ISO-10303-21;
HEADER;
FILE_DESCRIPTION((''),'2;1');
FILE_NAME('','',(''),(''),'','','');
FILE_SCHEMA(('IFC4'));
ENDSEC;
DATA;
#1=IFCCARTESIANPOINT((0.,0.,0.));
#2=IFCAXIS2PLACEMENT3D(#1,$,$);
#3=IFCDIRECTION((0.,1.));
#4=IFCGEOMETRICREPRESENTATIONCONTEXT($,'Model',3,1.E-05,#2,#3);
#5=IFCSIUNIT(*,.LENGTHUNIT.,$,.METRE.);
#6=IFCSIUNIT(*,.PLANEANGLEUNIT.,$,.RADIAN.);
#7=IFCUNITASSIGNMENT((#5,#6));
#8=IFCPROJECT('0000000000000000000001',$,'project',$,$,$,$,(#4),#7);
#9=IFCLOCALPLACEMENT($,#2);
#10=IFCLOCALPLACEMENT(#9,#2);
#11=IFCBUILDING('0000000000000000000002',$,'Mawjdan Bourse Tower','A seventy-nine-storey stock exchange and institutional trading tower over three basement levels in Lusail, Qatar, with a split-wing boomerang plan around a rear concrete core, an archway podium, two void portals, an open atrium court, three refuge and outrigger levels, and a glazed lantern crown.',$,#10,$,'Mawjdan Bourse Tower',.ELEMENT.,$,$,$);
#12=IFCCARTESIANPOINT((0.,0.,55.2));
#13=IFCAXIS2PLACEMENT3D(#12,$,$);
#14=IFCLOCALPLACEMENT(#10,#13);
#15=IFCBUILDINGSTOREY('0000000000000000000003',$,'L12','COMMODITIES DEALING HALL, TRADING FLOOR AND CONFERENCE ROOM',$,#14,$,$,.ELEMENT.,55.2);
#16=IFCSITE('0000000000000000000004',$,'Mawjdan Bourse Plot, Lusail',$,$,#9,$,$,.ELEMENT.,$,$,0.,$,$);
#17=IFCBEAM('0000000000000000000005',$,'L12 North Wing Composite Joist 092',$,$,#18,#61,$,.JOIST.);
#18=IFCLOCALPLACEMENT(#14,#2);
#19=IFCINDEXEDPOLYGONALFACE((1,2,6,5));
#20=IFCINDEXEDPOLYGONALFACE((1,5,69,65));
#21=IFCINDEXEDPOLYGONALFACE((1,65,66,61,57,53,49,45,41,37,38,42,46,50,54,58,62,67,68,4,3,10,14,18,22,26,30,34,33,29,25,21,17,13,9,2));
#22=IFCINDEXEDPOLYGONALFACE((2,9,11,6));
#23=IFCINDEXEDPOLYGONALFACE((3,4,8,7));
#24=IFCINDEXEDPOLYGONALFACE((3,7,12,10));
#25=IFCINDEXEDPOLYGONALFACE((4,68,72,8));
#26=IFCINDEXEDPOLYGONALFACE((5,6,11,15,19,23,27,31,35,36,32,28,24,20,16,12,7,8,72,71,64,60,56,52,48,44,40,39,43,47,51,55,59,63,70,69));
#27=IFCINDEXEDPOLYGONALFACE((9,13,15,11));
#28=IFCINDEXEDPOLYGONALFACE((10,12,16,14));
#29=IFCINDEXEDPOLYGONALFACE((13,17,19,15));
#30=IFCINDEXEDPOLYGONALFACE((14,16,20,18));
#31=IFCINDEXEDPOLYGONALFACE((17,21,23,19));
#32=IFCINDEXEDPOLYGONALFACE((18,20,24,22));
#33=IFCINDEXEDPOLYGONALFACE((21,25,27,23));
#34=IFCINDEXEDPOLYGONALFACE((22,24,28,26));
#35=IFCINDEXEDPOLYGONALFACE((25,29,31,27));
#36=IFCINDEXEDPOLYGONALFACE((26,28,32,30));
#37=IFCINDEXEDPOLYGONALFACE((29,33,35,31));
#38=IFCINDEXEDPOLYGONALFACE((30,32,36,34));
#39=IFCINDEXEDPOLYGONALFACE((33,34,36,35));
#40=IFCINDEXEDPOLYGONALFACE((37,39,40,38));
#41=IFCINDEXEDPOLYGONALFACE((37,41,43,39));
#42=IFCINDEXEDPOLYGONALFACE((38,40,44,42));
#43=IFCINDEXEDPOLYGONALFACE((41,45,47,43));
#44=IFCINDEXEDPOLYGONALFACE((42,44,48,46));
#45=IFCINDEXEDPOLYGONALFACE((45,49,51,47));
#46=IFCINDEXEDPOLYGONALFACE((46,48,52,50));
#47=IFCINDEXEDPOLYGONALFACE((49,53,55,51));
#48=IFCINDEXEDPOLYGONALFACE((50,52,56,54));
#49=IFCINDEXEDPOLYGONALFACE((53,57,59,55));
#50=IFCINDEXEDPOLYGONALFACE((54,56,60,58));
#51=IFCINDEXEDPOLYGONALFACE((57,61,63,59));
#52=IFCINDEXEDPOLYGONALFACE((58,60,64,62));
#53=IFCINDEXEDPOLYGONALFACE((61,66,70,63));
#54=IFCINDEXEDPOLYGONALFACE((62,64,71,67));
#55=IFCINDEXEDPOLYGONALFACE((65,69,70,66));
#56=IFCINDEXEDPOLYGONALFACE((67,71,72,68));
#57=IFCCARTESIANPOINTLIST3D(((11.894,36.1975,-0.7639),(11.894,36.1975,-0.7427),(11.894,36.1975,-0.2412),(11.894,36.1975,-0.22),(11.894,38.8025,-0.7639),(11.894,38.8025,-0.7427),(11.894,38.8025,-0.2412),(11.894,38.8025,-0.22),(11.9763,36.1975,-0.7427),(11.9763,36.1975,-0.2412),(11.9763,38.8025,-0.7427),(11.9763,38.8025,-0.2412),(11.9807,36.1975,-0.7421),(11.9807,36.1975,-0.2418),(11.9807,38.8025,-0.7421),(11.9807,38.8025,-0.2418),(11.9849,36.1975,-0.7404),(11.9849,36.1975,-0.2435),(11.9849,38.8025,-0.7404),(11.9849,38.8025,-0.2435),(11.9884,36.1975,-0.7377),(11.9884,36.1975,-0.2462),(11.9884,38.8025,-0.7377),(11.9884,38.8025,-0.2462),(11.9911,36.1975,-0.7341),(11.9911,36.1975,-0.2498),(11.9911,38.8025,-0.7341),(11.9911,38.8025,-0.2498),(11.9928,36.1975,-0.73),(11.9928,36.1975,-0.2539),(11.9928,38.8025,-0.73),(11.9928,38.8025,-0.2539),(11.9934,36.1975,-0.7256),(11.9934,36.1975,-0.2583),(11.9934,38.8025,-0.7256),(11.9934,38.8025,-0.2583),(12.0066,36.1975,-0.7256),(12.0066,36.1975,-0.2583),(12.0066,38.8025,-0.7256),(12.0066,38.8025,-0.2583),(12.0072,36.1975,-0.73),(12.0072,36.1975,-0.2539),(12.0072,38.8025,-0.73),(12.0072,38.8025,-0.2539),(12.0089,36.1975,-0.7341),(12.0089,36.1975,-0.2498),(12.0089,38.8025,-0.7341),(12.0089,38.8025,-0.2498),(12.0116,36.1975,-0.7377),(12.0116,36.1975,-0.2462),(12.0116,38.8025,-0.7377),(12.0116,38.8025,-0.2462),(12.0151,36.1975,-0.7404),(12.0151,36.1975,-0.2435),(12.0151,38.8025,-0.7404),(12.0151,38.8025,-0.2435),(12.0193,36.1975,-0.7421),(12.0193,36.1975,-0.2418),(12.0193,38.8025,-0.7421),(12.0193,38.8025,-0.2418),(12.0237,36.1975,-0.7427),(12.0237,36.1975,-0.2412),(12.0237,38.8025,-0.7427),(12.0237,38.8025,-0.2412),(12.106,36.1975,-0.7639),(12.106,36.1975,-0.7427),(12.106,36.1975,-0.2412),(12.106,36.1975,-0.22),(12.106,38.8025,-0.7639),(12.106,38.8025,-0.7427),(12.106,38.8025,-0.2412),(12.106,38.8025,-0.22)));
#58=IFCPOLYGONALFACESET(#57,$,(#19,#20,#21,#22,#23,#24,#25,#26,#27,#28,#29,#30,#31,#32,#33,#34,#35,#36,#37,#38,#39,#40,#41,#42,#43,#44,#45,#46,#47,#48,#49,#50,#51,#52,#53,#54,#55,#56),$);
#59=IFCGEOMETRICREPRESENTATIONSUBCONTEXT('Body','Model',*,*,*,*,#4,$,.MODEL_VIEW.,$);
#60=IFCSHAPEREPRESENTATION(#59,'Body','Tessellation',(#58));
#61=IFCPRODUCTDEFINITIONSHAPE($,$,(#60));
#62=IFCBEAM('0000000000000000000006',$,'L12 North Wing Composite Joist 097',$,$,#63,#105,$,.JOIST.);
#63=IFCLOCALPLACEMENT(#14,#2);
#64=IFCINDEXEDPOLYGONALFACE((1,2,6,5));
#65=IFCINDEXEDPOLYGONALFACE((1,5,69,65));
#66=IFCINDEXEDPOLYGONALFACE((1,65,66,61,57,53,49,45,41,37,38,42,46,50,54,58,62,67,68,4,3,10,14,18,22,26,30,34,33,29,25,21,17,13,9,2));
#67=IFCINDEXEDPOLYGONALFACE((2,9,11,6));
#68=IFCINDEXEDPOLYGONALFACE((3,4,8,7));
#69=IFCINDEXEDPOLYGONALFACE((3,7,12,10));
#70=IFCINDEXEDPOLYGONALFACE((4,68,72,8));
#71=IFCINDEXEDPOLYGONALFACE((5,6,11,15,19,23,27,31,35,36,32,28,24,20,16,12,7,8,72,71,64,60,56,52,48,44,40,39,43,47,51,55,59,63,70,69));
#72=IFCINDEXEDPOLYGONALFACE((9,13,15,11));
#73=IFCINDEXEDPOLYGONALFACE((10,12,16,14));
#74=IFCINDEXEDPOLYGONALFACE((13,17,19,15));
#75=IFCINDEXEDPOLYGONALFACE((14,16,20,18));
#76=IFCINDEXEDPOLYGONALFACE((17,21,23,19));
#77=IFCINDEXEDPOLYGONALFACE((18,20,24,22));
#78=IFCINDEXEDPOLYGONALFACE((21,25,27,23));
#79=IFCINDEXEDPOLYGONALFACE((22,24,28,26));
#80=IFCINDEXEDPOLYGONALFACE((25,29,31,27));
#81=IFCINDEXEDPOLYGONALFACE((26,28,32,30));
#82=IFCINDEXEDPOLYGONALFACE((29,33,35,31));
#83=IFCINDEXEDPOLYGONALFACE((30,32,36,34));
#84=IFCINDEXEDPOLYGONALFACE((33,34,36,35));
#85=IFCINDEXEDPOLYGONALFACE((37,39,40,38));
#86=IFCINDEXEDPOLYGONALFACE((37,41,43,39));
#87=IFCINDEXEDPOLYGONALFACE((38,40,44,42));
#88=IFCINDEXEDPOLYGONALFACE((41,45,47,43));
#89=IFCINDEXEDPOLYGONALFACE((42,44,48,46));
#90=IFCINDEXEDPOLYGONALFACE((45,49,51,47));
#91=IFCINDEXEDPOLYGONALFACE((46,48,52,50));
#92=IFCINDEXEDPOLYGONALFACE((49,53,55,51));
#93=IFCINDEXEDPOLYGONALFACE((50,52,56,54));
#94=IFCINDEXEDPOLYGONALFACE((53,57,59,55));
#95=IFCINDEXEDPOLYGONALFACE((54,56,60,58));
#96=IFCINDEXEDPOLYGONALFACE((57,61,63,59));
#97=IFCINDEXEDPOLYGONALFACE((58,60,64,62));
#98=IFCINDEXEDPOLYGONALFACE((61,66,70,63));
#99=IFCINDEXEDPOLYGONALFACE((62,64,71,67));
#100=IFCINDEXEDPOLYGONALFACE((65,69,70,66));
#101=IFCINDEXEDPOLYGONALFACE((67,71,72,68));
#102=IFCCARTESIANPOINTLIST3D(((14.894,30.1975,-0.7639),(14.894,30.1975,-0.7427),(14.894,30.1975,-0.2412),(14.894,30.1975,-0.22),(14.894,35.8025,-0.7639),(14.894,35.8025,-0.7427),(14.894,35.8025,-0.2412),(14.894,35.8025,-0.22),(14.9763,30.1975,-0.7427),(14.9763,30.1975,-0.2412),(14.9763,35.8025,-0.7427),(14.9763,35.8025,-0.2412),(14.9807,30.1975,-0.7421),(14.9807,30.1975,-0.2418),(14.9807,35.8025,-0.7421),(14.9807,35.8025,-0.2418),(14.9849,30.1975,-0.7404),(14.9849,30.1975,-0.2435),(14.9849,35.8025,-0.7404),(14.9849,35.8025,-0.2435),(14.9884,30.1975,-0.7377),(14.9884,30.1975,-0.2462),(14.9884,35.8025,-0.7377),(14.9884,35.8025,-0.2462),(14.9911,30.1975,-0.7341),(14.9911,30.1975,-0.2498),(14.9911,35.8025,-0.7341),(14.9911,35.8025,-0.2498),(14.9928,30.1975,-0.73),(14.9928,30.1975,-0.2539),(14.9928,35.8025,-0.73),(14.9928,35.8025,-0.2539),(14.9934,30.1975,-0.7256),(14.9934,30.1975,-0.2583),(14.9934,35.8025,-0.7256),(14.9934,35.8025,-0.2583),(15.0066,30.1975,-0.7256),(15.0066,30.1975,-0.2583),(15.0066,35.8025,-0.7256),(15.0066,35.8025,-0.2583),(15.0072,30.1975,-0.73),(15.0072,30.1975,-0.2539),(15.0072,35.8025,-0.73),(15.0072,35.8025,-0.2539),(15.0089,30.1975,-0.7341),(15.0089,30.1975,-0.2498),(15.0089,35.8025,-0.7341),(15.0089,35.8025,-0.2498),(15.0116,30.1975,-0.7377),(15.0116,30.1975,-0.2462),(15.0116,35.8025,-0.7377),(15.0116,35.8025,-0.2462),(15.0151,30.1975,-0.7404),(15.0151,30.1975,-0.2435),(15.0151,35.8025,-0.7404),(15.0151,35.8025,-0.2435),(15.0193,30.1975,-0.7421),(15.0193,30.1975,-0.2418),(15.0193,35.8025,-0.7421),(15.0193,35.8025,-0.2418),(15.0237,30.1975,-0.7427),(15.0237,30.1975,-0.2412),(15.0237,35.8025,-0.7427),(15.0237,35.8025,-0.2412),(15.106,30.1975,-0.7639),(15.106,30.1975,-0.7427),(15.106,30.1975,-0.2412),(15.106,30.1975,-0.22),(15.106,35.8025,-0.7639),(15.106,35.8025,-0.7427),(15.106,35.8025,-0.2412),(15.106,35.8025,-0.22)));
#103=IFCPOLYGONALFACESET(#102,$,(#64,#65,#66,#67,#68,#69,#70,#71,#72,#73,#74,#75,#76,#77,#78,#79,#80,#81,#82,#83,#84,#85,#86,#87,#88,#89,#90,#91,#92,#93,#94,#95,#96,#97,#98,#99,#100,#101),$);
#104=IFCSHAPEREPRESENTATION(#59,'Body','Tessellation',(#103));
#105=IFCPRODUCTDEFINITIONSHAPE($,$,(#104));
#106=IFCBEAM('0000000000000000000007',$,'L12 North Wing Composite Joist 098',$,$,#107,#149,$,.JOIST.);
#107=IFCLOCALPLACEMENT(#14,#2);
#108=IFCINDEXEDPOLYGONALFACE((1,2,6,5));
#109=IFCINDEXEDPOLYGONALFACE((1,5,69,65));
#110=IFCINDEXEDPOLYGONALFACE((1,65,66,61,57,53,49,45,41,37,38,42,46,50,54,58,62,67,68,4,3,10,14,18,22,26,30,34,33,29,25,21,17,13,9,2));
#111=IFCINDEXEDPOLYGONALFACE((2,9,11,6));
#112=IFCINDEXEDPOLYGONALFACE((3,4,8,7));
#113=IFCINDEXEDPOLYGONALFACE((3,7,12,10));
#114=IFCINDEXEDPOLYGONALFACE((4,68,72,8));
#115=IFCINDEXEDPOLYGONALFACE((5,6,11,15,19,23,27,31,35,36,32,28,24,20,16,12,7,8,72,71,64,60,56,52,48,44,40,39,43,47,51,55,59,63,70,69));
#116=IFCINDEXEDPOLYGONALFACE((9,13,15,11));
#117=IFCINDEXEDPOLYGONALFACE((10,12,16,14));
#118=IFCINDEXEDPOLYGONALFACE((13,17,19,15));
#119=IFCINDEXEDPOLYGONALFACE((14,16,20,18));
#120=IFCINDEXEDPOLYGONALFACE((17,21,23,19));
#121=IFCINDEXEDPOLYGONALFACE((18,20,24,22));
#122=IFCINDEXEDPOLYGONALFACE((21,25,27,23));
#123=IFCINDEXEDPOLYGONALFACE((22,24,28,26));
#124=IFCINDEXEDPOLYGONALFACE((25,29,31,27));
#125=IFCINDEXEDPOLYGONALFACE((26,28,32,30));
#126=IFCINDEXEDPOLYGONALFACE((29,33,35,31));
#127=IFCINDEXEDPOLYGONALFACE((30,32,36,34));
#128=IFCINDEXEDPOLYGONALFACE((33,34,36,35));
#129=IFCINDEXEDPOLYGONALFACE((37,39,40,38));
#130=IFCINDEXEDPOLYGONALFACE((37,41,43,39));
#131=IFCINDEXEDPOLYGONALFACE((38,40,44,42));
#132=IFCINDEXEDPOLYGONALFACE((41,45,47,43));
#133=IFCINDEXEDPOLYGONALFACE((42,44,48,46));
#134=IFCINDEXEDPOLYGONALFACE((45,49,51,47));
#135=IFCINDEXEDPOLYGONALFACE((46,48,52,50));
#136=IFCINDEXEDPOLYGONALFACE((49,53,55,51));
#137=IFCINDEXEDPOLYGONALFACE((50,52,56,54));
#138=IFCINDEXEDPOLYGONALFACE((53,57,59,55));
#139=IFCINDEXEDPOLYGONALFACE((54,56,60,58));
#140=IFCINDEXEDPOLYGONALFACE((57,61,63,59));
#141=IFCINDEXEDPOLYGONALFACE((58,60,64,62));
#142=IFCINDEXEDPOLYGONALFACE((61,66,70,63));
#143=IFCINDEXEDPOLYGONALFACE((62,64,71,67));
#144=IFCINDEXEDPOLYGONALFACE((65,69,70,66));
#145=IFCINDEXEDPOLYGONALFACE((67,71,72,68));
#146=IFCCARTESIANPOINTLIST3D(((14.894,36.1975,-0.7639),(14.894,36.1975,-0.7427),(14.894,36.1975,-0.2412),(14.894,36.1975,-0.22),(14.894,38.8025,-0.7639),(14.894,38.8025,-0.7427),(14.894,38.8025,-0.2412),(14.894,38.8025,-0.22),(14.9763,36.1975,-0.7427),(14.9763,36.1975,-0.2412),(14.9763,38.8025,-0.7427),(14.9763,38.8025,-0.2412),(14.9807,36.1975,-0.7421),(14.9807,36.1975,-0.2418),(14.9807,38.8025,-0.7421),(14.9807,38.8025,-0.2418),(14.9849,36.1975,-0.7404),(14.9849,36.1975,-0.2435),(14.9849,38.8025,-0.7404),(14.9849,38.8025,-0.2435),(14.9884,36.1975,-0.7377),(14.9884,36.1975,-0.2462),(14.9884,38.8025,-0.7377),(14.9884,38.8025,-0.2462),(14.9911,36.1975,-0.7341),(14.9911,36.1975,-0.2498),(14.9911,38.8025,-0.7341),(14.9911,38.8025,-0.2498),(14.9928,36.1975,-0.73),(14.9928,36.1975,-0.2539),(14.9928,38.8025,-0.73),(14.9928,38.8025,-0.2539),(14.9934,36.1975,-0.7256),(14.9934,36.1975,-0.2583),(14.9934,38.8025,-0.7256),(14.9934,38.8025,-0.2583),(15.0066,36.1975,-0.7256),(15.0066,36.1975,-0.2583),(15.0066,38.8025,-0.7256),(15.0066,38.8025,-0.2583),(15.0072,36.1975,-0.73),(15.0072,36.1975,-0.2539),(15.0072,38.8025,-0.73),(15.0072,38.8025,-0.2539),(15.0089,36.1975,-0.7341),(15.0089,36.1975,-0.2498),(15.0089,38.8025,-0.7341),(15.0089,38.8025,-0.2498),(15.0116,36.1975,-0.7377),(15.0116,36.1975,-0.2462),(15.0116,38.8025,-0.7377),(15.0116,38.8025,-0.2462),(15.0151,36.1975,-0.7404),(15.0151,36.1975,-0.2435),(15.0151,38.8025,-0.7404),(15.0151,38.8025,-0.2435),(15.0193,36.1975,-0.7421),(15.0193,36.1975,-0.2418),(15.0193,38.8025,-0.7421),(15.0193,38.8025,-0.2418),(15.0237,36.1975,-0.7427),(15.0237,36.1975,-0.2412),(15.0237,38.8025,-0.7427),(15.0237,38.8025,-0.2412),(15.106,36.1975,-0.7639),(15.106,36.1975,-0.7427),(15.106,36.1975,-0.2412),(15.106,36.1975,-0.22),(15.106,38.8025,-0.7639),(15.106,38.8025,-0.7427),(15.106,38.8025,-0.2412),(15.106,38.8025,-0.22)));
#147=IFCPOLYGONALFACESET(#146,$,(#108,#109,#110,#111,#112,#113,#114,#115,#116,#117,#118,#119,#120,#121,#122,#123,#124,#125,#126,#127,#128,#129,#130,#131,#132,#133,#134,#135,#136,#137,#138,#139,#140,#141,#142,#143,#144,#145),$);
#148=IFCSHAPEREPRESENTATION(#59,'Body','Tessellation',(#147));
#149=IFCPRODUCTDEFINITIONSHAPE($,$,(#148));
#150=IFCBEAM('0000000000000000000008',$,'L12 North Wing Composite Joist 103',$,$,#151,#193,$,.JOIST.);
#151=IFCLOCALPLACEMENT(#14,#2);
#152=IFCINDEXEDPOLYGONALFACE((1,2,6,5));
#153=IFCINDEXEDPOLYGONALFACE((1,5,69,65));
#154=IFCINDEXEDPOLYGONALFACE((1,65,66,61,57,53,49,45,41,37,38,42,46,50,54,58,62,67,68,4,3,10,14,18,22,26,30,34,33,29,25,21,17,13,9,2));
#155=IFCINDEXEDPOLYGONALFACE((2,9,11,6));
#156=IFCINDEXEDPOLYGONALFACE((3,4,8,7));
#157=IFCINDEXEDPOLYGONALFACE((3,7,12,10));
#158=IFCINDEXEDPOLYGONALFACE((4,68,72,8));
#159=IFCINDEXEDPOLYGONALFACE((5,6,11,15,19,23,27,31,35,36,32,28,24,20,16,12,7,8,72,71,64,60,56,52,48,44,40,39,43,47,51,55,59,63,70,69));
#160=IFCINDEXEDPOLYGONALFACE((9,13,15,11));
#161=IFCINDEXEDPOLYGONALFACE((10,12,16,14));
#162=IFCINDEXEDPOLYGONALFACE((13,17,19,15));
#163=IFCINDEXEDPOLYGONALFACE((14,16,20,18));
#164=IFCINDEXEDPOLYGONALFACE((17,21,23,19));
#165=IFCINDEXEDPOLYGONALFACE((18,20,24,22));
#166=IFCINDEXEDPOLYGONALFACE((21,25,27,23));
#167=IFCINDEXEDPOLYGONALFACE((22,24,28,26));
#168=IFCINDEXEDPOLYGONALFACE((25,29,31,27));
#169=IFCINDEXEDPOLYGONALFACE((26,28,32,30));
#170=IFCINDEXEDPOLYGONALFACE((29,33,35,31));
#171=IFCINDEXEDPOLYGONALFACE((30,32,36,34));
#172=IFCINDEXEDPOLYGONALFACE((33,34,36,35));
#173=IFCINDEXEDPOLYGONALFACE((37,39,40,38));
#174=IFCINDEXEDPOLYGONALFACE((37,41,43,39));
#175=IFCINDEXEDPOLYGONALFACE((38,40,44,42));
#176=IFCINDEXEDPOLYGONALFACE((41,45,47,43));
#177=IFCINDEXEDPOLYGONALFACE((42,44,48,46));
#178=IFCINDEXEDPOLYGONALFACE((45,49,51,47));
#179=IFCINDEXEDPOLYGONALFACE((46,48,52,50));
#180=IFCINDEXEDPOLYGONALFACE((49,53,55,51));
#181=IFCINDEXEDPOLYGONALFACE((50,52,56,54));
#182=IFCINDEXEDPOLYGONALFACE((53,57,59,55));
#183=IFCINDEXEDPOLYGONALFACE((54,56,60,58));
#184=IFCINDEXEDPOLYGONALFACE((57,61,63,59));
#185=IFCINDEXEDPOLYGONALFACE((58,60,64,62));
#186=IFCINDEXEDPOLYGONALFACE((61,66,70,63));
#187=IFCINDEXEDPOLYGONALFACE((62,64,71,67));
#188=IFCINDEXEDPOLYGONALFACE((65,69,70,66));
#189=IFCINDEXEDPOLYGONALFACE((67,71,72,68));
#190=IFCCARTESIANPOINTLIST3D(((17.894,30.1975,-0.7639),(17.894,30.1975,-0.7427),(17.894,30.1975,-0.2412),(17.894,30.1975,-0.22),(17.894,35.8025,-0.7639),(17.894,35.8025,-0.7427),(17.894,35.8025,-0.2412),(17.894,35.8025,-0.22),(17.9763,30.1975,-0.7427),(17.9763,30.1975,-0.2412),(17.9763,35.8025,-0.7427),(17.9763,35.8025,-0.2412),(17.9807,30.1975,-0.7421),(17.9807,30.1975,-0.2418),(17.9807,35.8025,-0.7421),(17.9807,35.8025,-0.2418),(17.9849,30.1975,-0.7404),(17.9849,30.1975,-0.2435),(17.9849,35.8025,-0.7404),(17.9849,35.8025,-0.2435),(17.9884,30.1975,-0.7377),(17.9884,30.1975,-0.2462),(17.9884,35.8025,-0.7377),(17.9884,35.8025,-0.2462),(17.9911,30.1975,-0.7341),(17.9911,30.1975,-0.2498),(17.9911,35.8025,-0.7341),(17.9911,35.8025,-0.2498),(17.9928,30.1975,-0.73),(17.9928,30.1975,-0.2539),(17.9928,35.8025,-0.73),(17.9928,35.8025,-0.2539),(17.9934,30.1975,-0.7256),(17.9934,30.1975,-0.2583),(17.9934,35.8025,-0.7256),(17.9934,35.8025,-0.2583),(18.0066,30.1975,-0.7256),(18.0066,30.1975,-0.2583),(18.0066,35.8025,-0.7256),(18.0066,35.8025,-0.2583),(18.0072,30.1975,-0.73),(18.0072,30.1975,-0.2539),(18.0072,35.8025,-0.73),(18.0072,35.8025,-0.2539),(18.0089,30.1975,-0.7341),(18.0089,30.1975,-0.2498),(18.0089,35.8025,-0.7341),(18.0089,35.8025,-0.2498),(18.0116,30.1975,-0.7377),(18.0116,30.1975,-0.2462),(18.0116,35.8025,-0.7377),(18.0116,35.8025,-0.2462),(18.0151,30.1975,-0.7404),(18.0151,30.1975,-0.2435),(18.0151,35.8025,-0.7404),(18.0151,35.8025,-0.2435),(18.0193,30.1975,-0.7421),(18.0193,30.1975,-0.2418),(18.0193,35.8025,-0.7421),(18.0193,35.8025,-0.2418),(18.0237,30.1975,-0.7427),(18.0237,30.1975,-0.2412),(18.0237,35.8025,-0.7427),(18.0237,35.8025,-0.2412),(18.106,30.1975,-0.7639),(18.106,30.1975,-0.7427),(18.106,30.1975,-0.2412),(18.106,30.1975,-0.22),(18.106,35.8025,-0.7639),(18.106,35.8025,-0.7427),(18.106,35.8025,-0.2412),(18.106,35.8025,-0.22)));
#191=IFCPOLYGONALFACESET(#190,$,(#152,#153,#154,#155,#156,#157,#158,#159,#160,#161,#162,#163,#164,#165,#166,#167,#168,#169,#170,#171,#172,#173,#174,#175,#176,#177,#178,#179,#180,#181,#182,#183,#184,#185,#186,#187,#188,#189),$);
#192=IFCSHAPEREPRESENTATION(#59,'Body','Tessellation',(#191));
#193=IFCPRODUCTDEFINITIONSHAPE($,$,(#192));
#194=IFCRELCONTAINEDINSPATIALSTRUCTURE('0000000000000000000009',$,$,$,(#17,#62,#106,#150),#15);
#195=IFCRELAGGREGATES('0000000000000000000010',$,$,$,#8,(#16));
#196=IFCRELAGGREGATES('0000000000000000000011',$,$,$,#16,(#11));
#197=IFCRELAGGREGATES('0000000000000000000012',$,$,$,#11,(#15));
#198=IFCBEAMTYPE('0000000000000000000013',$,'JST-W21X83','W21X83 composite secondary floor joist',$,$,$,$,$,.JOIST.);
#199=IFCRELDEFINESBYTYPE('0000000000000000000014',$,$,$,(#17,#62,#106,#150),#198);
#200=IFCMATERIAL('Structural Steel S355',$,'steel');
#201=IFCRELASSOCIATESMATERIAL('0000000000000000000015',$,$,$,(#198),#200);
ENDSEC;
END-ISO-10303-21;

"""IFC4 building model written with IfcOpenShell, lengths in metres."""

from ifc_helpers import new_model, si_unit, direction, frame, origin, origin_2d, place, context, subcontext, project, spatial, i_section, extrude, material, material_profile, profile_set, type_object, element, save


model = new_model("IFC4")

# Units and contexts
model_context = context("Model", 3, precision=1e-05, world=origin(), true_north=direction((0.0, 1.0)))
body_context = subcontext(model_context, "Body", "Model", "MODEL_VIEW")
ifc_project = project(units=[si_unit("LENGTHUNIT", "METRE"), si_unit("PLANEANGLEUNIT", "RADIAN")], contexts=[model_context])

# Site, building, storey
site_placement = place(None, origin())
site = spatial("IfcSite", under=ifc_project, at=site_placement, Name="Mawjdan Bourse Plot, Lusail", CompositionType="ELEMENT", RefElevation=0.0)
building_placement = place(site_placement, origin())
building = spatial("IfcBuilding", under=site, at=building_placement, Name="Mawjdan Bourse Tower", Description="A seventy-nine-storey stock exchange and institutional trading tower over three basement levels in Lusail, Qatar, with a split-wing boomerang plan around a rear concrete core, an archway podium, two void portals, an open atrium court, three refuge and outrigger levels, and a glazed lantern crown.", LongName="Mawjdan Bourse Tower", CompositionType="ELEMENT")
storey_placement = place(building_placement, frame((0.0, 0.0, 55.2)))
storey = spatial("IfcBuildingStorey", under=building, at=storey_placement, Name="L12", Description="COMMODITIES DEALING HALL, TRADING FLOOR AND CONFERENCE ROOM", CompositionType="ELEMENT", Elevation=55.2)

# Beams
ifc_material_1 = material(Name="Structural Steel S355", Category="steel")
ifc_material_profile_1 = material_profile(ifc_material_1, i_section(OverallWidth=0.2119, OverallDepth=0.5439, WebThickness=0.0132, FlangeThickness=0.0212, FilletRadius=0.0171, at=origin_2d()), Name="W21X83")
ifc_profile_set_1 = profile_set([ifc_material_profile_1], Name="Structural Steel S355")
beam_type_1 = type_object("IfcBeamType", Name="JST-W21X83", Description="W21X83 composite secondary floor joist", PredefinedType="JOIST", material=ifc_profile_set_1)
beam_1_placement = place(storey_placement, frame((12.0, 36.1975, -0.4919), z_axis=(0.0, 1.0, 0.0), x_axis=(-1.0, 0.0, 0.0)))
element("IfcBeam", 1, at=beam_1_placement, inside=storey, type_object=beam_type_1, Name="L12 North Wing Composite Joist 092", PredefinedType="JOIST", context=body_context, shape_type="SweptSolid", body=[
    extrude(i_section(OverallWidth=0.2119, OverallDepth=0.5439, WebThickness=0.0132, FlangeThickness=0.0212, FilletRadius=0.0171, at=origin_2d()), origin(), (0.0, 0.0, 1.0), 2.605),
])
beam_2_placement = place(storey_placement, frame((15.0, 30.1975, -0.4919), z_axis=(0.0, 1.0, 0.0), x_axis=(-1.0, 0.0, 0.0)))
element("IfcBeam", 2, at=beam_2_placement, inside=storey, type_object=beam_type_1, Name="L12 North Wing Composite Joist 097", PredefinedType="JOIST", context=body_context, shape_type="SweptSolid", body=[
    extrude(i_section(OverallWidth=0.2119, OverallDepth=0.5439, WebThickness=0.0132, FlangeThickness=0.0212, FilletRadius=0.0171, at=origin_2d()), origin(), (0.0, 0.0, 1.0), 5.605),
])
beam_3_placement = place(storey_placement, frame((15.0, 36.1975, -0.4919), z_axis=(0.0, 1.0, 0.0), x_axis=(-1.0, 0.0, 0.0)))
element("IfcBeam", 3, at=beam_3_placement, inside=storey, type_object=beam_type_1, Name="L12 North Wing Composite Joist 098", PredefinedType="JOIST", context=body_context, shape_type="SweptSolid", body=[
    extrude(i_section(OverallWidth=0.2119, OverallDepth=0.5439, WebThickness=0.0132, FlangeThickness=0.0212, FilletRadius=0.0171, at=origin_2d()), origin(), (0.0, 0.0, 1.0), 2.605),
])
beam_4_placement = place(storey_placement, frame((18.0, 30.1975, -0.4919), z_axis=(0.0, 1.0, 0.0), x_axis=(-1.0, 0.0, 0.0)))
element("IfcBeam", 4, at=beam_4_placement, inside=storey, type_object=beam_type_1, Name="L12 North Wing Composite Joist 103", PredefinedType="JOIST", context=body_context, shape_type="SweptSolid", body=[
    extrude(i_section(OverallWidth=0.2119, OverallDepth=0.5439, WebThickness=0.0132, FlangeThickness=0.0212, FilletRadius=0.0171, at=origin_2d()), origin(), (0.0, 0.0, 1.0), 5.605),
])

save(model, "model.ifc")
